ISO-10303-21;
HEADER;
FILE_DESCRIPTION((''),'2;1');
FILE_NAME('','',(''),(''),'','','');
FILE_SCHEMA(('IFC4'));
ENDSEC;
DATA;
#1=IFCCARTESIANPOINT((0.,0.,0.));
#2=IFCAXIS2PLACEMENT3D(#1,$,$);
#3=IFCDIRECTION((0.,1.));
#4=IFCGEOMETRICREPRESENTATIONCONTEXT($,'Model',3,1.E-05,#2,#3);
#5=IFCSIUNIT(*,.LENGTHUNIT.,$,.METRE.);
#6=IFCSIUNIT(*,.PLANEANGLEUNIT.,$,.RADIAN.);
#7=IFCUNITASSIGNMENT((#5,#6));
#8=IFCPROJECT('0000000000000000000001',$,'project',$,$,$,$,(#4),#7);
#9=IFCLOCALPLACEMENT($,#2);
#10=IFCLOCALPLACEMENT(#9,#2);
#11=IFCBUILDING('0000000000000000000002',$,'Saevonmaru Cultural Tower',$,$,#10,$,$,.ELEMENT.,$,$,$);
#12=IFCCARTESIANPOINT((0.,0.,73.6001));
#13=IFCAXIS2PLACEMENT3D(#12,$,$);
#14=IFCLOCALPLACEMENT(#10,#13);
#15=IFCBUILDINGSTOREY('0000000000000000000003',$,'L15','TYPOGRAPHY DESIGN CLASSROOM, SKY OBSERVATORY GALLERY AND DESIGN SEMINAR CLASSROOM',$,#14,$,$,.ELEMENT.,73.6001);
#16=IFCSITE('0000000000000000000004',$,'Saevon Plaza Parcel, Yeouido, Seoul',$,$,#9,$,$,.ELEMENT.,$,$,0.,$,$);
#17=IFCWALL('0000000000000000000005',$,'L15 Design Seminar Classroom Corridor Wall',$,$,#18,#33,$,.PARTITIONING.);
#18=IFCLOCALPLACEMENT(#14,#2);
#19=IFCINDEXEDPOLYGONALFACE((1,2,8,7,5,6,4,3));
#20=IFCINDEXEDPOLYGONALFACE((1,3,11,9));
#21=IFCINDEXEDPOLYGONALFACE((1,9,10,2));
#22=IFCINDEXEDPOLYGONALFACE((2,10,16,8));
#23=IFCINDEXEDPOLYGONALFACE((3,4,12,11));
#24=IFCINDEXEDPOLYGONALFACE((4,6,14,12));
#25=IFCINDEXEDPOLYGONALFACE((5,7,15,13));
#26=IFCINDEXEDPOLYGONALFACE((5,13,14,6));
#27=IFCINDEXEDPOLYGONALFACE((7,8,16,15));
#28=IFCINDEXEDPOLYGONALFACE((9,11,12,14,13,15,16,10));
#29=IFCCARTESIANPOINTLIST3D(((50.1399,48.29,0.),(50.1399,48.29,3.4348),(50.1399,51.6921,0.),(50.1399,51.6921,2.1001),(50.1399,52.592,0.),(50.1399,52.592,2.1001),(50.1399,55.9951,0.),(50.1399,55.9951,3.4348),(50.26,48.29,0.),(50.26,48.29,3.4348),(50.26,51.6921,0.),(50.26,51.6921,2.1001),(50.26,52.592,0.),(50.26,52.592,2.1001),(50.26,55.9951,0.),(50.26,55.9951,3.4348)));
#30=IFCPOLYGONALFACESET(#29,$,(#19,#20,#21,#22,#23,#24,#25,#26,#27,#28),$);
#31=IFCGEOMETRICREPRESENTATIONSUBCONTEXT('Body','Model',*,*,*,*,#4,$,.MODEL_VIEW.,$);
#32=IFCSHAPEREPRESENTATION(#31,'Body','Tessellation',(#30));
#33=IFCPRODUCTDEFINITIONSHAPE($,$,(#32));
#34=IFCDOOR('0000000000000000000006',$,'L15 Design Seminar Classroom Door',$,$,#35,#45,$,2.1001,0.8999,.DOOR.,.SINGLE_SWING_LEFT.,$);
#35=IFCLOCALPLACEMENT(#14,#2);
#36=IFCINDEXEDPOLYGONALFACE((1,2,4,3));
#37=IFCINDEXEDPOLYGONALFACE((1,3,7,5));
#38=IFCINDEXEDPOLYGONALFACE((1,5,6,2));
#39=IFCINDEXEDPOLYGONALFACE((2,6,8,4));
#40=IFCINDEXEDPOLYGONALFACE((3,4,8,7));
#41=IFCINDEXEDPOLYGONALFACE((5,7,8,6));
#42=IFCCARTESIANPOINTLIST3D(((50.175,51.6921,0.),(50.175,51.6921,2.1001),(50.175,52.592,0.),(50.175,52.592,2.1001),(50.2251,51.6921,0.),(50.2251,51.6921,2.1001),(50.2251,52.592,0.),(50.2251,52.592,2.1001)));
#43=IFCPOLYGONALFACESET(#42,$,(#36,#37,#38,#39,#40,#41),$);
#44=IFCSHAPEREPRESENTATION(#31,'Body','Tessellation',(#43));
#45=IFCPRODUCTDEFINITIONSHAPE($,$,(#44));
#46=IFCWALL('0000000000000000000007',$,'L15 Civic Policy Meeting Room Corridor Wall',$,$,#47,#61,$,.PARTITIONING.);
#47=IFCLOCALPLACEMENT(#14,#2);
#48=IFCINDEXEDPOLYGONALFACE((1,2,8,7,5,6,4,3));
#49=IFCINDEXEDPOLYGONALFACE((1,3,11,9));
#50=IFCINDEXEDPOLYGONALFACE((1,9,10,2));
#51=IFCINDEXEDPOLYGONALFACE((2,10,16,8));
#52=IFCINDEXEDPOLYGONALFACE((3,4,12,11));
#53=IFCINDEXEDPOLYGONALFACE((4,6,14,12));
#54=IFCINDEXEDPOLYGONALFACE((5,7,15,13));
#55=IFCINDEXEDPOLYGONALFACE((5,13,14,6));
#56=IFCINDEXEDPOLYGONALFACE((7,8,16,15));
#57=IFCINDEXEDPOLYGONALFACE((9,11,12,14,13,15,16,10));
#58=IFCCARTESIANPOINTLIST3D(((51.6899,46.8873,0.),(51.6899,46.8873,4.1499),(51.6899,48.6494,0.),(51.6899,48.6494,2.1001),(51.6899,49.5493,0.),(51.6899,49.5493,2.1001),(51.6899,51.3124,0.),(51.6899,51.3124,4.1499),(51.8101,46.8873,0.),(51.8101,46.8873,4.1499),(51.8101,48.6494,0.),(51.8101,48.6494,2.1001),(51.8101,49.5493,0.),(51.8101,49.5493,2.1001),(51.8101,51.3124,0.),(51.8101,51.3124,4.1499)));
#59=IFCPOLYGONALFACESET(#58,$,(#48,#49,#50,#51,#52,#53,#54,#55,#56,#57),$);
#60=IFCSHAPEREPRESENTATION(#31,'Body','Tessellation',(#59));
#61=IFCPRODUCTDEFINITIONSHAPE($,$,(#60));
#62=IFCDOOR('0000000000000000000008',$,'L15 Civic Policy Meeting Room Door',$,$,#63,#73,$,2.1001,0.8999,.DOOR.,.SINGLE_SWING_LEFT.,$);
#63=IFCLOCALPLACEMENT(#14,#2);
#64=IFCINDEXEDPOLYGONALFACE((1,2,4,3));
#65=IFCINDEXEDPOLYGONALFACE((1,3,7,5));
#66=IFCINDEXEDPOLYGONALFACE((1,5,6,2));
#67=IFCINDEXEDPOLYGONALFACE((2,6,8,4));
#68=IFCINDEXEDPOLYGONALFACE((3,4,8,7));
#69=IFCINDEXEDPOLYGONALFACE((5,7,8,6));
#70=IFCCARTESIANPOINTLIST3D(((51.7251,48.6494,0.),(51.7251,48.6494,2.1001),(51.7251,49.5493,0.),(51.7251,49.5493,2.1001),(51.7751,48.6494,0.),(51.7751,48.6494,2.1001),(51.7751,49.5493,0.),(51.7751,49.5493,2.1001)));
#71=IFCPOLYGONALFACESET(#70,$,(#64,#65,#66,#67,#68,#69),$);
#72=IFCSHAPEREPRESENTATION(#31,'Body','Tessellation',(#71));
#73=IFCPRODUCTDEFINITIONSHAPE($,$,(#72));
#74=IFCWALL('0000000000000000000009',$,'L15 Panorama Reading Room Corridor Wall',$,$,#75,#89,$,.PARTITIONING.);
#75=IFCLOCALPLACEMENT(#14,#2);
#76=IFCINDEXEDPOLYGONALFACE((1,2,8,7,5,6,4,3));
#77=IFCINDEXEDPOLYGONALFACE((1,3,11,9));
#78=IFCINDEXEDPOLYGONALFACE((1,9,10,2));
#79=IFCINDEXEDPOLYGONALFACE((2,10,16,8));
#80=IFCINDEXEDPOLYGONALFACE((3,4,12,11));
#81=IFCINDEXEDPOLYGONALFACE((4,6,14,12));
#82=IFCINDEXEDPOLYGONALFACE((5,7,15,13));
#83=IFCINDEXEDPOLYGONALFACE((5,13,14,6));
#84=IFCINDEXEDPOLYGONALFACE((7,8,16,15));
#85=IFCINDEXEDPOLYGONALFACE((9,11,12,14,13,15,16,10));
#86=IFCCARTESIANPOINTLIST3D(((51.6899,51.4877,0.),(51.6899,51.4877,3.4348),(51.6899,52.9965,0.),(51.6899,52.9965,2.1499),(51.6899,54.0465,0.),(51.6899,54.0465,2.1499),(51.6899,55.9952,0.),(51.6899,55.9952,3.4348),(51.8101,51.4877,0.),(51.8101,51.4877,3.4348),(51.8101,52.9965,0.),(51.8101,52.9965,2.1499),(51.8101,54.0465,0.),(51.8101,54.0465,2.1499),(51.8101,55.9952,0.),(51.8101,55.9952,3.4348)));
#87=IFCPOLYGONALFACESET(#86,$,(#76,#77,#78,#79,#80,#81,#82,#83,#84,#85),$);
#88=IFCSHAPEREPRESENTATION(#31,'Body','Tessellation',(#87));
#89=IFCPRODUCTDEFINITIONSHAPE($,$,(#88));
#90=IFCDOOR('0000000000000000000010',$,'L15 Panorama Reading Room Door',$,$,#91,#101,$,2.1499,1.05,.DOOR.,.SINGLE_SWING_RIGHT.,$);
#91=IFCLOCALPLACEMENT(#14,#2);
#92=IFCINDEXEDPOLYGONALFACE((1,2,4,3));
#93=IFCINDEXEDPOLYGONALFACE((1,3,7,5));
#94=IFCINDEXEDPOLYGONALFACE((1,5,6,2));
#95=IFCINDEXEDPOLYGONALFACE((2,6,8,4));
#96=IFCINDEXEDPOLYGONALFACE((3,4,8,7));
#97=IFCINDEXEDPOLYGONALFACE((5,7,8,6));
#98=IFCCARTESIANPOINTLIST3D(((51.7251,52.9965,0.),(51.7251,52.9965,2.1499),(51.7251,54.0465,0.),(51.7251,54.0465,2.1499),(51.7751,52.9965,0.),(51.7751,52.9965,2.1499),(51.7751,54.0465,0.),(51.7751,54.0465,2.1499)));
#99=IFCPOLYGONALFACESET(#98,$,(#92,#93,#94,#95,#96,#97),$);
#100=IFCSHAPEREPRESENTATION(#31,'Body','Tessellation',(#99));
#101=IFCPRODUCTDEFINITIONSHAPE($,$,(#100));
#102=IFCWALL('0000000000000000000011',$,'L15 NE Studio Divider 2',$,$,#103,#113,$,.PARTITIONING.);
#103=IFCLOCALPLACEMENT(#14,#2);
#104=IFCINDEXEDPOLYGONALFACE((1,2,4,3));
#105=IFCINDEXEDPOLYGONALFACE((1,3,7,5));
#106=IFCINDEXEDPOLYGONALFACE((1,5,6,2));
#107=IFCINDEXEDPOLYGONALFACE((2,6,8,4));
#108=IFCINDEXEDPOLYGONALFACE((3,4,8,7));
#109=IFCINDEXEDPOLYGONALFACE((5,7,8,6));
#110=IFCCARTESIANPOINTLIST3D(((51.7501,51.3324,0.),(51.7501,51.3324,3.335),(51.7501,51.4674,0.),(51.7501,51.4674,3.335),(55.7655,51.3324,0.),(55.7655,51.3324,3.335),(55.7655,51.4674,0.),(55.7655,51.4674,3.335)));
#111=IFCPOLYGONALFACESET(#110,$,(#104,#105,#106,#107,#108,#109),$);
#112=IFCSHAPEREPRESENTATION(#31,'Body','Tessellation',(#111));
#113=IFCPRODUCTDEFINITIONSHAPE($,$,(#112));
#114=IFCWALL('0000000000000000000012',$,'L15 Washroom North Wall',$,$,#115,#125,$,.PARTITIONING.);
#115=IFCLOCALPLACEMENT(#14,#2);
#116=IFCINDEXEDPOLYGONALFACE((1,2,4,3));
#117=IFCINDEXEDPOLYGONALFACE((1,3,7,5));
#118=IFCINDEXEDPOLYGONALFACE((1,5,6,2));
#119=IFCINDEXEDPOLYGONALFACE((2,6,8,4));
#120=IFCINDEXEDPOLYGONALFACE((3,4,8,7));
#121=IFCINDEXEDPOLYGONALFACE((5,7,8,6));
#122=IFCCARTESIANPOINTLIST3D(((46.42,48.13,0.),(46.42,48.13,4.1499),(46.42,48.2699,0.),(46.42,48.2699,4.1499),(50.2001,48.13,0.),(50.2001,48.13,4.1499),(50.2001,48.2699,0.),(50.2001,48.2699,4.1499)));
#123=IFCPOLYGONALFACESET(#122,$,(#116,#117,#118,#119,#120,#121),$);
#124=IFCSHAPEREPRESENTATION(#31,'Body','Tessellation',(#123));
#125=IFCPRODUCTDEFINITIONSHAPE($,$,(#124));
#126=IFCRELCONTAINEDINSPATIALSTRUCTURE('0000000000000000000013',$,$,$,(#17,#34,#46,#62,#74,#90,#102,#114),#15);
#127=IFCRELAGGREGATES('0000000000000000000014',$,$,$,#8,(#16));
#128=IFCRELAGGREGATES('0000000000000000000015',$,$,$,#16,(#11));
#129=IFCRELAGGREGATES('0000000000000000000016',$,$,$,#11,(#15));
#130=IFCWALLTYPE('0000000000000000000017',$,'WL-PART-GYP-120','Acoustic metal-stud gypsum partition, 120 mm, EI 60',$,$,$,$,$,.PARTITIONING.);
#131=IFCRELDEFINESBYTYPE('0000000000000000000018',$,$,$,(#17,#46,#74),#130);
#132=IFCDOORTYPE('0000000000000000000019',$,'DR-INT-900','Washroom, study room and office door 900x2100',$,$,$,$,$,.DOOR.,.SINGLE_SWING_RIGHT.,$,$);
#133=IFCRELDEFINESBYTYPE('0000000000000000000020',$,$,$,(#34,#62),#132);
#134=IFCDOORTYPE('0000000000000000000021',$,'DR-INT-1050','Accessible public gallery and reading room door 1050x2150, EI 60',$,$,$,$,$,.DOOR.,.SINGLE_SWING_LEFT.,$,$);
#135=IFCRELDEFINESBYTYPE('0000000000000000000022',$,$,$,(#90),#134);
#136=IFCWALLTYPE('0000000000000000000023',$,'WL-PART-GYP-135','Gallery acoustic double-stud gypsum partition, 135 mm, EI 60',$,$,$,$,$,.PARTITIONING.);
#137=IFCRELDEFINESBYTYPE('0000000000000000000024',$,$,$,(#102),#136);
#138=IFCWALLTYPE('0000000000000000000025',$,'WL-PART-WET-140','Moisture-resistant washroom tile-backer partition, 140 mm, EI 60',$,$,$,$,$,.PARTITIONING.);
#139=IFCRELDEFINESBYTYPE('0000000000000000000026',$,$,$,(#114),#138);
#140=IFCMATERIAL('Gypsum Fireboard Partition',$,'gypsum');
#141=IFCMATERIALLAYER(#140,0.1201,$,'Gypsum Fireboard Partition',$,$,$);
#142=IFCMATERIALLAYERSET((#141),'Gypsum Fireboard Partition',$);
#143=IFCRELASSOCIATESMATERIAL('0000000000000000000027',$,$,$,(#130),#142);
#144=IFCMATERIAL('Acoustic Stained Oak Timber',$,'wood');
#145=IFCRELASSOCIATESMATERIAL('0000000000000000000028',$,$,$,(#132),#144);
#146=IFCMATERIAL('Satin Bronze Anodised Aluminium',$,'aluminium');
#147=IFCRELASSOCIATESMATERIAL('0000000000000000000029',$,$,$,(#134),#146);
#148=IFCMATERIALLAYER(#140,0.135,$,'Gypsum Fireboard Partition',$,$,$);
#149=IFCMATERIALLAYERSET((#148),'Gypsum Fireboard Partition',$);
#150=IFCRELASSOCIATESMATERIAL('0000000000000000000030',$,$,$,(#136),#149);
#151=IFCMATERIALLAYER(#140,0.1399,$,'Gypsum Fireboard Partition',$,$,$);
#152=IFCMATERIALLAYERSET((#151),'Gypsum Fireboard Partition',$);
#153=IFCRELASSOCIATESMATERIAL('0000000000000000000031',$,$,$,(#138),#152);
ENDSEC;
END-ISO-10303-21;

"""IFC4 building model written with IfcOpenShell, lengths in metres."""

from ifc_helpers import new_model, si_unit, direction, frame, frame_2d, origin, place, context, subcontext, project, spatial, rectangle, extrude, material, layer, layer_set, type_object, element, fill, save


model = new_model("IFC4")

# Units and contexts
model_context = context("Model", 3, precision=1e-05, world=origin(), true_north=direction((0.0, 1.0)))
body_context = subcontext(model_context, "Body", "Model", "MODEL_VIEW")
ifc_project = project(units=[si_unit("LENGTHUNIT", "METRE"), si_unit("PLANEANGLEUNIT", "RADIAN")], contexts=[model_context])

# Site, building, storey
site_placement = place(None, origin())
site = spatial("IfcSite", under=ifc_project, at=site_placement, Name="Saevon Plaza Parcel, Yeouido, Seoul", CompositionType="ELEMENT", RefElevation=0.0)
building_placement = place(site_placement, origin())
building = spatial("IfcBuilding", under=site, at=building_placement, Name="Saevonmaru Cultural Tower", CompositionType="ELEMENT")
storey_placement = place(building_placement, frame((0.0, 0.0, 73.6001)))
storey = spatial("IfcBuildingStorey", under=building, at=storey_placement, Name="L15", Description="TYPOGRAPHY DESIGN CLASSROOM, SKY OBSERVATORY GALLERY AND DESIGN SEMINAR CLASSROOM", CompositionType="ELEMENT", Elevation=73.6001)

# Shared definitions
ifc_material_1 = material(Name="Satin Bronze Anodised Aluminium", Category="aluminium")

# Walls, openings, doors
ifc_material_2 = material(Name="Gypsum Fireboard Partition", Category="gypsum")
ifc_layer_1 = layer(ifc_material_2, 0.1201, Name="Gypsum Fireboard Partition")
ifc_layer_set_1 = layer_set([ifc_layer_1], Name="Gypsum Fireboard Partition")
wall_type_1 = type_object("IfcWallType", Name="WL-PART-GYP-120", Description="Acoustic metal-stud gypsum partition, 120 mm, EI 60", PredefinedType="PARTITIONING", material=ifc_layer_set_1)
wall_1_placement = place(storey_placement, frame((50.2, 48.29, 0.0), z_axis=(0.0, 0.0, 1.0), x_axis=(0.0, 1.0, 0.0)))
wall_1 = element("IfcWall", 1, at=wall_1_placement, inside=storey, type_object=wall_type_1, Name="L15 Design Seminar Classroom Corridor Wall", PredefinedType="PARTITIONING", context=body_context, shape_type="SweptSolid", body=[
    extrude(rectangle(XDim=7.7051, YDim=0.1201, at=frame_2d((3.8525, 0.0))), origin(), (0.0, 0.0, 1.0), 3.4348),
])
opening_1_placement = place(wall_1_placement, frame((3.4021, 0.0, 0.0)))
opening_1 = element("IfcOpeningElement", 2, at=opening_1_placement, cuts=wall_1, PredefinedType="OPENING", context=body_context, shape_type="SweptSolid", body=[
    extrude(rectangle(XDim=0.8999, YDim=2.1001, at=frame_2d((0.45, 1.05))), frame((0.0, 0.0701, 0.0), z_axis=(0.0, -1.0, 0.0), x_axis=(1.0, 0.0, 0.0)), (0.0, 0.0, 1.0), 0.1401),
])
ifc_material_3 = material(Name="Acoustic Stained Oak Timber", Category="wood")
door_type_1 = type_object("IfcDoorType", Name="DR-INT-900", Description="Washroom, study room and office door 900x2100", OperationType="SINGLE_SWING_RIGHT", PredefinedType="DOOR", material=ifc_material_3)
door_1_placement = place(opening_1_placement, origin())
door_1 = element("IfcDoor", 3, at=door_1_placement, inside=storey, type_object=door_type_1, Name="L15 Design Seminar Classroom Door", OperationType="SINGLE_SWING_LEFT", OverallHeight=2.1001, OverallWidth=0.8999, PredefinedType="DOOR", context=body_context, shape_type="SweptSolid", body=[
    extrude(rectangle(XDim=0.8999, YDim=2.1001, at=frame_2d((0.45, 1.05))), frame((0.0, 0.0249, 0.0), z_axis=(0.0, -1.0, 0.0), x_axis=(1.0, 0.0, 0.0)), (0.0, 0.0, 1.0), 0.05),
])
fill(opening_1, door_1)
wall_2_placement = place(storey_placement, frame((51.75, 46.8875, 0.0), z_axis=(0.0, 0.0, 1.0), x_axis=(0.0, 1.0, 0.0)))
wall_2 = element("IfcWall", 4, at=wall_2_placement, inside=storey, type_object=wall_type_1, Name="L15 Civic Policy Meeting Room Corridor Wall", PredefinedType="PARTITIONING", context=body_context, shape_type="SweptSolid", body=[
    extrude(rectangle(XDim=4.425, YDim=0.1201, at=frame_2d((2.2124, 0.0))), origin(), (0.0, 0.0, 1.0), 4.1499),
])
opening_2_placement = place(wall_2_placement, frame((1.762, 0.0, 0.0)))
opening_2 = element("IfcOpeningElement", 5, at=opening_2_placement, cuts=wall_2, PredefinedType="OPENING", context=body_context, shape_type="SweptSolid", body=[
    extrude(rectangle(XDim=0.8999, YDim=2.1001, at=frame_2d((0.45, 1.05))), frame((0.0, 0.0701, 0.0), z_axis=(0.0, -1.0, 0.0), x_axis=(1.0, 0.0, 0.0)), (0.0, 0.0, 1.0), 0.1401),
])
door_2_placement = place(opening_2_placement, origin())
door_2 = element("IfcDoor", 6, at=door_2_placement, inside=storey, type_object=door_type_1, Name="L15 Civic Policy Meeting Room Door", OperationType="SINGLE_SWING_LEFT", OverallHeight=2.1001, OverallWidth=0.8999, PredefinedType="DOOR", context=body_context, shape_type="SweptSolid", body=[
    extrude(rectangle(XDim=0.8999, YDim=2.1001, at=frame_2d((0.45, 1.05))), frame((0.0, 0.0249, 0.0), z_axis=(0.0, -1.0, 0.0), x_axis=(1.0, 0.0, 0.0)), (0.0, 0.0, 1.0), 0.05),
])
fill(opening_2, door_2)
wall_3_placement = place(storey_placement, frame((51.75, 51.4875, 0.0), z_axis=(0.0, 0.0, 1.0), x_axis=(0.0, 1.0, 0.0)))
wall_3 = element("IfcWall", 7, at=wall_3_placement, inside=storey, type_object=wall_type_1, Name="L15 Panorama Reading Room Corridor Wall", PredefinedType="PARTITIONING", context=body_context, shape_type="SweptSolid", body=[
    extrude(rectangle(XDim=4.5076, YDim=0.1201, at=frame_2d((2.2539, 0.0))), origin(), (0.0, 0.0, 1.0), 3.4348),
])
opening_3_placement = place(wall_3_placement, frame((1.509, 0.0, 0.0)))
opening_3 = element("IfcOpeningElement", 8, at=opening_3_placement, cuts=wall_3, PredefinedType="OPENING", context=body_context, shape_type="SweptSolid", body=[
    extrude(rectangle(XDim=1.05, YDim=2.1499, at=frame_2d((0.5249, 1.075))), frame((0.0, 0.0701, 0.0), z_axis=(0.0, -1.0, 0.0), x_axis=(1.0, 0.0, 0.0)), (0.0, 0.0, 1.0), 0.1401),
])
door_type_2 = type_object("IfcDoorType", Name="DR-INT-1050", Description="Accessible public gallery and reading room door 1050x2150, EI 60", OperationType="SINGLE_SWING_LEFT", PredefinedType="DOOR", material=ifc_material_1)
door_3_placement = place(opening_3_placement, origin())
door_3 = element("IfcDoor", 9, at=door_3_placement, inside=storey, type_object=door_type_2, Name="L15 Panorama Reading Room Door", OperationType="SINGLE_SWING_RIGHT", OverallHeight=2.1499, OverallWidth=1.05, PredefinedType="DOOR", context=body_context, shape_type="SweptSolid", body=[
    extrude(rectangle(XDim=1.05, YDim=2.1499, at=frame_2d((0.5249, 1.075))), frame((0.0, 0.0249, 0.0), z_axis=(0.0, -1.0, 0.0), x_axis=(1.0, 0.0, 0.0)), (0.0, 0.0, 1.0), 0.05),
])
fill(opening_3, door_3)

# Walls
ifc_layer_2 = layer(ifc_material_2, 0.135, Name="Gypsum Fireboard Partition")
ifc_layer_set_2 = layer_set([ifc_layer_2], Name="Gypsum Fireboard Partition")
wall_type_2 = type_object("IfcWallType", Name="WL-PART-GYP-135", Description="Gallery acoustic double-stud gypsum partition, 135 mm, EI 60", PredefinedType="PARTITIONING", material=ifc_layer_set_2)
wall_4_placement = place(storey_placement, frame((51.75, 51.3999, 0.0), z_axis=(0.0, 0.0, 1.0), x_axis=(1.0, 0.0, 0.0)))
element("IfcWall", 10, at=wall_4_placement, inside=storey, type_object=wall_type_2, Name="L15 NE Studio Divider 2", PredefinedType="PARTITIONING", context=body_context, shape_type="SweptSolid", body=[
    extrude(rectangle(XDim=4.0154, YDim=0.135, at=frame_2d((2.0078, 0.0))), origin(), (0.0, 0.0, 1.0), 3.335),
])
ifc_layer_3 = layer(ifc_material_2, 0.1399, Name="Gypsum Fireboard Partition")
ifc_layer_set_3 = layer_set([ifc_layer_3], Name="Gypsum Fireboard Partition")
wall_type_3 = type_object("IfcWallType", Name="WL-PART-WET-140", Description="Moisture-resistant washroom tile-backer partition, 140 mm, EI 60", PredefinedType="PARTITIONING", material=ifc_layer_set_3)
wall_5_placement = place(storey_placement, frame((46.4199, 48.2, 0.0), z_axis=(0.0, 0.0, 1.0), x_axis=(1.0, 0.0, 0.0)))
element("IfcWall", 11, at=wall_5_placement, inside=storey, type_object=wall_type_3, Name="L15 Washroom North Wall", PredefinedType="PARTITIONING", context=body_context, shape_type="SweptSolid", body=[
    extrude(rectangle(XDim=3.78, YDim=0.1399, at=frame_2d((1.8901, 0.0))), origin(), (0.0, 0.0, 1.0), 4.1499),
])

save(model, "model.ifc")
